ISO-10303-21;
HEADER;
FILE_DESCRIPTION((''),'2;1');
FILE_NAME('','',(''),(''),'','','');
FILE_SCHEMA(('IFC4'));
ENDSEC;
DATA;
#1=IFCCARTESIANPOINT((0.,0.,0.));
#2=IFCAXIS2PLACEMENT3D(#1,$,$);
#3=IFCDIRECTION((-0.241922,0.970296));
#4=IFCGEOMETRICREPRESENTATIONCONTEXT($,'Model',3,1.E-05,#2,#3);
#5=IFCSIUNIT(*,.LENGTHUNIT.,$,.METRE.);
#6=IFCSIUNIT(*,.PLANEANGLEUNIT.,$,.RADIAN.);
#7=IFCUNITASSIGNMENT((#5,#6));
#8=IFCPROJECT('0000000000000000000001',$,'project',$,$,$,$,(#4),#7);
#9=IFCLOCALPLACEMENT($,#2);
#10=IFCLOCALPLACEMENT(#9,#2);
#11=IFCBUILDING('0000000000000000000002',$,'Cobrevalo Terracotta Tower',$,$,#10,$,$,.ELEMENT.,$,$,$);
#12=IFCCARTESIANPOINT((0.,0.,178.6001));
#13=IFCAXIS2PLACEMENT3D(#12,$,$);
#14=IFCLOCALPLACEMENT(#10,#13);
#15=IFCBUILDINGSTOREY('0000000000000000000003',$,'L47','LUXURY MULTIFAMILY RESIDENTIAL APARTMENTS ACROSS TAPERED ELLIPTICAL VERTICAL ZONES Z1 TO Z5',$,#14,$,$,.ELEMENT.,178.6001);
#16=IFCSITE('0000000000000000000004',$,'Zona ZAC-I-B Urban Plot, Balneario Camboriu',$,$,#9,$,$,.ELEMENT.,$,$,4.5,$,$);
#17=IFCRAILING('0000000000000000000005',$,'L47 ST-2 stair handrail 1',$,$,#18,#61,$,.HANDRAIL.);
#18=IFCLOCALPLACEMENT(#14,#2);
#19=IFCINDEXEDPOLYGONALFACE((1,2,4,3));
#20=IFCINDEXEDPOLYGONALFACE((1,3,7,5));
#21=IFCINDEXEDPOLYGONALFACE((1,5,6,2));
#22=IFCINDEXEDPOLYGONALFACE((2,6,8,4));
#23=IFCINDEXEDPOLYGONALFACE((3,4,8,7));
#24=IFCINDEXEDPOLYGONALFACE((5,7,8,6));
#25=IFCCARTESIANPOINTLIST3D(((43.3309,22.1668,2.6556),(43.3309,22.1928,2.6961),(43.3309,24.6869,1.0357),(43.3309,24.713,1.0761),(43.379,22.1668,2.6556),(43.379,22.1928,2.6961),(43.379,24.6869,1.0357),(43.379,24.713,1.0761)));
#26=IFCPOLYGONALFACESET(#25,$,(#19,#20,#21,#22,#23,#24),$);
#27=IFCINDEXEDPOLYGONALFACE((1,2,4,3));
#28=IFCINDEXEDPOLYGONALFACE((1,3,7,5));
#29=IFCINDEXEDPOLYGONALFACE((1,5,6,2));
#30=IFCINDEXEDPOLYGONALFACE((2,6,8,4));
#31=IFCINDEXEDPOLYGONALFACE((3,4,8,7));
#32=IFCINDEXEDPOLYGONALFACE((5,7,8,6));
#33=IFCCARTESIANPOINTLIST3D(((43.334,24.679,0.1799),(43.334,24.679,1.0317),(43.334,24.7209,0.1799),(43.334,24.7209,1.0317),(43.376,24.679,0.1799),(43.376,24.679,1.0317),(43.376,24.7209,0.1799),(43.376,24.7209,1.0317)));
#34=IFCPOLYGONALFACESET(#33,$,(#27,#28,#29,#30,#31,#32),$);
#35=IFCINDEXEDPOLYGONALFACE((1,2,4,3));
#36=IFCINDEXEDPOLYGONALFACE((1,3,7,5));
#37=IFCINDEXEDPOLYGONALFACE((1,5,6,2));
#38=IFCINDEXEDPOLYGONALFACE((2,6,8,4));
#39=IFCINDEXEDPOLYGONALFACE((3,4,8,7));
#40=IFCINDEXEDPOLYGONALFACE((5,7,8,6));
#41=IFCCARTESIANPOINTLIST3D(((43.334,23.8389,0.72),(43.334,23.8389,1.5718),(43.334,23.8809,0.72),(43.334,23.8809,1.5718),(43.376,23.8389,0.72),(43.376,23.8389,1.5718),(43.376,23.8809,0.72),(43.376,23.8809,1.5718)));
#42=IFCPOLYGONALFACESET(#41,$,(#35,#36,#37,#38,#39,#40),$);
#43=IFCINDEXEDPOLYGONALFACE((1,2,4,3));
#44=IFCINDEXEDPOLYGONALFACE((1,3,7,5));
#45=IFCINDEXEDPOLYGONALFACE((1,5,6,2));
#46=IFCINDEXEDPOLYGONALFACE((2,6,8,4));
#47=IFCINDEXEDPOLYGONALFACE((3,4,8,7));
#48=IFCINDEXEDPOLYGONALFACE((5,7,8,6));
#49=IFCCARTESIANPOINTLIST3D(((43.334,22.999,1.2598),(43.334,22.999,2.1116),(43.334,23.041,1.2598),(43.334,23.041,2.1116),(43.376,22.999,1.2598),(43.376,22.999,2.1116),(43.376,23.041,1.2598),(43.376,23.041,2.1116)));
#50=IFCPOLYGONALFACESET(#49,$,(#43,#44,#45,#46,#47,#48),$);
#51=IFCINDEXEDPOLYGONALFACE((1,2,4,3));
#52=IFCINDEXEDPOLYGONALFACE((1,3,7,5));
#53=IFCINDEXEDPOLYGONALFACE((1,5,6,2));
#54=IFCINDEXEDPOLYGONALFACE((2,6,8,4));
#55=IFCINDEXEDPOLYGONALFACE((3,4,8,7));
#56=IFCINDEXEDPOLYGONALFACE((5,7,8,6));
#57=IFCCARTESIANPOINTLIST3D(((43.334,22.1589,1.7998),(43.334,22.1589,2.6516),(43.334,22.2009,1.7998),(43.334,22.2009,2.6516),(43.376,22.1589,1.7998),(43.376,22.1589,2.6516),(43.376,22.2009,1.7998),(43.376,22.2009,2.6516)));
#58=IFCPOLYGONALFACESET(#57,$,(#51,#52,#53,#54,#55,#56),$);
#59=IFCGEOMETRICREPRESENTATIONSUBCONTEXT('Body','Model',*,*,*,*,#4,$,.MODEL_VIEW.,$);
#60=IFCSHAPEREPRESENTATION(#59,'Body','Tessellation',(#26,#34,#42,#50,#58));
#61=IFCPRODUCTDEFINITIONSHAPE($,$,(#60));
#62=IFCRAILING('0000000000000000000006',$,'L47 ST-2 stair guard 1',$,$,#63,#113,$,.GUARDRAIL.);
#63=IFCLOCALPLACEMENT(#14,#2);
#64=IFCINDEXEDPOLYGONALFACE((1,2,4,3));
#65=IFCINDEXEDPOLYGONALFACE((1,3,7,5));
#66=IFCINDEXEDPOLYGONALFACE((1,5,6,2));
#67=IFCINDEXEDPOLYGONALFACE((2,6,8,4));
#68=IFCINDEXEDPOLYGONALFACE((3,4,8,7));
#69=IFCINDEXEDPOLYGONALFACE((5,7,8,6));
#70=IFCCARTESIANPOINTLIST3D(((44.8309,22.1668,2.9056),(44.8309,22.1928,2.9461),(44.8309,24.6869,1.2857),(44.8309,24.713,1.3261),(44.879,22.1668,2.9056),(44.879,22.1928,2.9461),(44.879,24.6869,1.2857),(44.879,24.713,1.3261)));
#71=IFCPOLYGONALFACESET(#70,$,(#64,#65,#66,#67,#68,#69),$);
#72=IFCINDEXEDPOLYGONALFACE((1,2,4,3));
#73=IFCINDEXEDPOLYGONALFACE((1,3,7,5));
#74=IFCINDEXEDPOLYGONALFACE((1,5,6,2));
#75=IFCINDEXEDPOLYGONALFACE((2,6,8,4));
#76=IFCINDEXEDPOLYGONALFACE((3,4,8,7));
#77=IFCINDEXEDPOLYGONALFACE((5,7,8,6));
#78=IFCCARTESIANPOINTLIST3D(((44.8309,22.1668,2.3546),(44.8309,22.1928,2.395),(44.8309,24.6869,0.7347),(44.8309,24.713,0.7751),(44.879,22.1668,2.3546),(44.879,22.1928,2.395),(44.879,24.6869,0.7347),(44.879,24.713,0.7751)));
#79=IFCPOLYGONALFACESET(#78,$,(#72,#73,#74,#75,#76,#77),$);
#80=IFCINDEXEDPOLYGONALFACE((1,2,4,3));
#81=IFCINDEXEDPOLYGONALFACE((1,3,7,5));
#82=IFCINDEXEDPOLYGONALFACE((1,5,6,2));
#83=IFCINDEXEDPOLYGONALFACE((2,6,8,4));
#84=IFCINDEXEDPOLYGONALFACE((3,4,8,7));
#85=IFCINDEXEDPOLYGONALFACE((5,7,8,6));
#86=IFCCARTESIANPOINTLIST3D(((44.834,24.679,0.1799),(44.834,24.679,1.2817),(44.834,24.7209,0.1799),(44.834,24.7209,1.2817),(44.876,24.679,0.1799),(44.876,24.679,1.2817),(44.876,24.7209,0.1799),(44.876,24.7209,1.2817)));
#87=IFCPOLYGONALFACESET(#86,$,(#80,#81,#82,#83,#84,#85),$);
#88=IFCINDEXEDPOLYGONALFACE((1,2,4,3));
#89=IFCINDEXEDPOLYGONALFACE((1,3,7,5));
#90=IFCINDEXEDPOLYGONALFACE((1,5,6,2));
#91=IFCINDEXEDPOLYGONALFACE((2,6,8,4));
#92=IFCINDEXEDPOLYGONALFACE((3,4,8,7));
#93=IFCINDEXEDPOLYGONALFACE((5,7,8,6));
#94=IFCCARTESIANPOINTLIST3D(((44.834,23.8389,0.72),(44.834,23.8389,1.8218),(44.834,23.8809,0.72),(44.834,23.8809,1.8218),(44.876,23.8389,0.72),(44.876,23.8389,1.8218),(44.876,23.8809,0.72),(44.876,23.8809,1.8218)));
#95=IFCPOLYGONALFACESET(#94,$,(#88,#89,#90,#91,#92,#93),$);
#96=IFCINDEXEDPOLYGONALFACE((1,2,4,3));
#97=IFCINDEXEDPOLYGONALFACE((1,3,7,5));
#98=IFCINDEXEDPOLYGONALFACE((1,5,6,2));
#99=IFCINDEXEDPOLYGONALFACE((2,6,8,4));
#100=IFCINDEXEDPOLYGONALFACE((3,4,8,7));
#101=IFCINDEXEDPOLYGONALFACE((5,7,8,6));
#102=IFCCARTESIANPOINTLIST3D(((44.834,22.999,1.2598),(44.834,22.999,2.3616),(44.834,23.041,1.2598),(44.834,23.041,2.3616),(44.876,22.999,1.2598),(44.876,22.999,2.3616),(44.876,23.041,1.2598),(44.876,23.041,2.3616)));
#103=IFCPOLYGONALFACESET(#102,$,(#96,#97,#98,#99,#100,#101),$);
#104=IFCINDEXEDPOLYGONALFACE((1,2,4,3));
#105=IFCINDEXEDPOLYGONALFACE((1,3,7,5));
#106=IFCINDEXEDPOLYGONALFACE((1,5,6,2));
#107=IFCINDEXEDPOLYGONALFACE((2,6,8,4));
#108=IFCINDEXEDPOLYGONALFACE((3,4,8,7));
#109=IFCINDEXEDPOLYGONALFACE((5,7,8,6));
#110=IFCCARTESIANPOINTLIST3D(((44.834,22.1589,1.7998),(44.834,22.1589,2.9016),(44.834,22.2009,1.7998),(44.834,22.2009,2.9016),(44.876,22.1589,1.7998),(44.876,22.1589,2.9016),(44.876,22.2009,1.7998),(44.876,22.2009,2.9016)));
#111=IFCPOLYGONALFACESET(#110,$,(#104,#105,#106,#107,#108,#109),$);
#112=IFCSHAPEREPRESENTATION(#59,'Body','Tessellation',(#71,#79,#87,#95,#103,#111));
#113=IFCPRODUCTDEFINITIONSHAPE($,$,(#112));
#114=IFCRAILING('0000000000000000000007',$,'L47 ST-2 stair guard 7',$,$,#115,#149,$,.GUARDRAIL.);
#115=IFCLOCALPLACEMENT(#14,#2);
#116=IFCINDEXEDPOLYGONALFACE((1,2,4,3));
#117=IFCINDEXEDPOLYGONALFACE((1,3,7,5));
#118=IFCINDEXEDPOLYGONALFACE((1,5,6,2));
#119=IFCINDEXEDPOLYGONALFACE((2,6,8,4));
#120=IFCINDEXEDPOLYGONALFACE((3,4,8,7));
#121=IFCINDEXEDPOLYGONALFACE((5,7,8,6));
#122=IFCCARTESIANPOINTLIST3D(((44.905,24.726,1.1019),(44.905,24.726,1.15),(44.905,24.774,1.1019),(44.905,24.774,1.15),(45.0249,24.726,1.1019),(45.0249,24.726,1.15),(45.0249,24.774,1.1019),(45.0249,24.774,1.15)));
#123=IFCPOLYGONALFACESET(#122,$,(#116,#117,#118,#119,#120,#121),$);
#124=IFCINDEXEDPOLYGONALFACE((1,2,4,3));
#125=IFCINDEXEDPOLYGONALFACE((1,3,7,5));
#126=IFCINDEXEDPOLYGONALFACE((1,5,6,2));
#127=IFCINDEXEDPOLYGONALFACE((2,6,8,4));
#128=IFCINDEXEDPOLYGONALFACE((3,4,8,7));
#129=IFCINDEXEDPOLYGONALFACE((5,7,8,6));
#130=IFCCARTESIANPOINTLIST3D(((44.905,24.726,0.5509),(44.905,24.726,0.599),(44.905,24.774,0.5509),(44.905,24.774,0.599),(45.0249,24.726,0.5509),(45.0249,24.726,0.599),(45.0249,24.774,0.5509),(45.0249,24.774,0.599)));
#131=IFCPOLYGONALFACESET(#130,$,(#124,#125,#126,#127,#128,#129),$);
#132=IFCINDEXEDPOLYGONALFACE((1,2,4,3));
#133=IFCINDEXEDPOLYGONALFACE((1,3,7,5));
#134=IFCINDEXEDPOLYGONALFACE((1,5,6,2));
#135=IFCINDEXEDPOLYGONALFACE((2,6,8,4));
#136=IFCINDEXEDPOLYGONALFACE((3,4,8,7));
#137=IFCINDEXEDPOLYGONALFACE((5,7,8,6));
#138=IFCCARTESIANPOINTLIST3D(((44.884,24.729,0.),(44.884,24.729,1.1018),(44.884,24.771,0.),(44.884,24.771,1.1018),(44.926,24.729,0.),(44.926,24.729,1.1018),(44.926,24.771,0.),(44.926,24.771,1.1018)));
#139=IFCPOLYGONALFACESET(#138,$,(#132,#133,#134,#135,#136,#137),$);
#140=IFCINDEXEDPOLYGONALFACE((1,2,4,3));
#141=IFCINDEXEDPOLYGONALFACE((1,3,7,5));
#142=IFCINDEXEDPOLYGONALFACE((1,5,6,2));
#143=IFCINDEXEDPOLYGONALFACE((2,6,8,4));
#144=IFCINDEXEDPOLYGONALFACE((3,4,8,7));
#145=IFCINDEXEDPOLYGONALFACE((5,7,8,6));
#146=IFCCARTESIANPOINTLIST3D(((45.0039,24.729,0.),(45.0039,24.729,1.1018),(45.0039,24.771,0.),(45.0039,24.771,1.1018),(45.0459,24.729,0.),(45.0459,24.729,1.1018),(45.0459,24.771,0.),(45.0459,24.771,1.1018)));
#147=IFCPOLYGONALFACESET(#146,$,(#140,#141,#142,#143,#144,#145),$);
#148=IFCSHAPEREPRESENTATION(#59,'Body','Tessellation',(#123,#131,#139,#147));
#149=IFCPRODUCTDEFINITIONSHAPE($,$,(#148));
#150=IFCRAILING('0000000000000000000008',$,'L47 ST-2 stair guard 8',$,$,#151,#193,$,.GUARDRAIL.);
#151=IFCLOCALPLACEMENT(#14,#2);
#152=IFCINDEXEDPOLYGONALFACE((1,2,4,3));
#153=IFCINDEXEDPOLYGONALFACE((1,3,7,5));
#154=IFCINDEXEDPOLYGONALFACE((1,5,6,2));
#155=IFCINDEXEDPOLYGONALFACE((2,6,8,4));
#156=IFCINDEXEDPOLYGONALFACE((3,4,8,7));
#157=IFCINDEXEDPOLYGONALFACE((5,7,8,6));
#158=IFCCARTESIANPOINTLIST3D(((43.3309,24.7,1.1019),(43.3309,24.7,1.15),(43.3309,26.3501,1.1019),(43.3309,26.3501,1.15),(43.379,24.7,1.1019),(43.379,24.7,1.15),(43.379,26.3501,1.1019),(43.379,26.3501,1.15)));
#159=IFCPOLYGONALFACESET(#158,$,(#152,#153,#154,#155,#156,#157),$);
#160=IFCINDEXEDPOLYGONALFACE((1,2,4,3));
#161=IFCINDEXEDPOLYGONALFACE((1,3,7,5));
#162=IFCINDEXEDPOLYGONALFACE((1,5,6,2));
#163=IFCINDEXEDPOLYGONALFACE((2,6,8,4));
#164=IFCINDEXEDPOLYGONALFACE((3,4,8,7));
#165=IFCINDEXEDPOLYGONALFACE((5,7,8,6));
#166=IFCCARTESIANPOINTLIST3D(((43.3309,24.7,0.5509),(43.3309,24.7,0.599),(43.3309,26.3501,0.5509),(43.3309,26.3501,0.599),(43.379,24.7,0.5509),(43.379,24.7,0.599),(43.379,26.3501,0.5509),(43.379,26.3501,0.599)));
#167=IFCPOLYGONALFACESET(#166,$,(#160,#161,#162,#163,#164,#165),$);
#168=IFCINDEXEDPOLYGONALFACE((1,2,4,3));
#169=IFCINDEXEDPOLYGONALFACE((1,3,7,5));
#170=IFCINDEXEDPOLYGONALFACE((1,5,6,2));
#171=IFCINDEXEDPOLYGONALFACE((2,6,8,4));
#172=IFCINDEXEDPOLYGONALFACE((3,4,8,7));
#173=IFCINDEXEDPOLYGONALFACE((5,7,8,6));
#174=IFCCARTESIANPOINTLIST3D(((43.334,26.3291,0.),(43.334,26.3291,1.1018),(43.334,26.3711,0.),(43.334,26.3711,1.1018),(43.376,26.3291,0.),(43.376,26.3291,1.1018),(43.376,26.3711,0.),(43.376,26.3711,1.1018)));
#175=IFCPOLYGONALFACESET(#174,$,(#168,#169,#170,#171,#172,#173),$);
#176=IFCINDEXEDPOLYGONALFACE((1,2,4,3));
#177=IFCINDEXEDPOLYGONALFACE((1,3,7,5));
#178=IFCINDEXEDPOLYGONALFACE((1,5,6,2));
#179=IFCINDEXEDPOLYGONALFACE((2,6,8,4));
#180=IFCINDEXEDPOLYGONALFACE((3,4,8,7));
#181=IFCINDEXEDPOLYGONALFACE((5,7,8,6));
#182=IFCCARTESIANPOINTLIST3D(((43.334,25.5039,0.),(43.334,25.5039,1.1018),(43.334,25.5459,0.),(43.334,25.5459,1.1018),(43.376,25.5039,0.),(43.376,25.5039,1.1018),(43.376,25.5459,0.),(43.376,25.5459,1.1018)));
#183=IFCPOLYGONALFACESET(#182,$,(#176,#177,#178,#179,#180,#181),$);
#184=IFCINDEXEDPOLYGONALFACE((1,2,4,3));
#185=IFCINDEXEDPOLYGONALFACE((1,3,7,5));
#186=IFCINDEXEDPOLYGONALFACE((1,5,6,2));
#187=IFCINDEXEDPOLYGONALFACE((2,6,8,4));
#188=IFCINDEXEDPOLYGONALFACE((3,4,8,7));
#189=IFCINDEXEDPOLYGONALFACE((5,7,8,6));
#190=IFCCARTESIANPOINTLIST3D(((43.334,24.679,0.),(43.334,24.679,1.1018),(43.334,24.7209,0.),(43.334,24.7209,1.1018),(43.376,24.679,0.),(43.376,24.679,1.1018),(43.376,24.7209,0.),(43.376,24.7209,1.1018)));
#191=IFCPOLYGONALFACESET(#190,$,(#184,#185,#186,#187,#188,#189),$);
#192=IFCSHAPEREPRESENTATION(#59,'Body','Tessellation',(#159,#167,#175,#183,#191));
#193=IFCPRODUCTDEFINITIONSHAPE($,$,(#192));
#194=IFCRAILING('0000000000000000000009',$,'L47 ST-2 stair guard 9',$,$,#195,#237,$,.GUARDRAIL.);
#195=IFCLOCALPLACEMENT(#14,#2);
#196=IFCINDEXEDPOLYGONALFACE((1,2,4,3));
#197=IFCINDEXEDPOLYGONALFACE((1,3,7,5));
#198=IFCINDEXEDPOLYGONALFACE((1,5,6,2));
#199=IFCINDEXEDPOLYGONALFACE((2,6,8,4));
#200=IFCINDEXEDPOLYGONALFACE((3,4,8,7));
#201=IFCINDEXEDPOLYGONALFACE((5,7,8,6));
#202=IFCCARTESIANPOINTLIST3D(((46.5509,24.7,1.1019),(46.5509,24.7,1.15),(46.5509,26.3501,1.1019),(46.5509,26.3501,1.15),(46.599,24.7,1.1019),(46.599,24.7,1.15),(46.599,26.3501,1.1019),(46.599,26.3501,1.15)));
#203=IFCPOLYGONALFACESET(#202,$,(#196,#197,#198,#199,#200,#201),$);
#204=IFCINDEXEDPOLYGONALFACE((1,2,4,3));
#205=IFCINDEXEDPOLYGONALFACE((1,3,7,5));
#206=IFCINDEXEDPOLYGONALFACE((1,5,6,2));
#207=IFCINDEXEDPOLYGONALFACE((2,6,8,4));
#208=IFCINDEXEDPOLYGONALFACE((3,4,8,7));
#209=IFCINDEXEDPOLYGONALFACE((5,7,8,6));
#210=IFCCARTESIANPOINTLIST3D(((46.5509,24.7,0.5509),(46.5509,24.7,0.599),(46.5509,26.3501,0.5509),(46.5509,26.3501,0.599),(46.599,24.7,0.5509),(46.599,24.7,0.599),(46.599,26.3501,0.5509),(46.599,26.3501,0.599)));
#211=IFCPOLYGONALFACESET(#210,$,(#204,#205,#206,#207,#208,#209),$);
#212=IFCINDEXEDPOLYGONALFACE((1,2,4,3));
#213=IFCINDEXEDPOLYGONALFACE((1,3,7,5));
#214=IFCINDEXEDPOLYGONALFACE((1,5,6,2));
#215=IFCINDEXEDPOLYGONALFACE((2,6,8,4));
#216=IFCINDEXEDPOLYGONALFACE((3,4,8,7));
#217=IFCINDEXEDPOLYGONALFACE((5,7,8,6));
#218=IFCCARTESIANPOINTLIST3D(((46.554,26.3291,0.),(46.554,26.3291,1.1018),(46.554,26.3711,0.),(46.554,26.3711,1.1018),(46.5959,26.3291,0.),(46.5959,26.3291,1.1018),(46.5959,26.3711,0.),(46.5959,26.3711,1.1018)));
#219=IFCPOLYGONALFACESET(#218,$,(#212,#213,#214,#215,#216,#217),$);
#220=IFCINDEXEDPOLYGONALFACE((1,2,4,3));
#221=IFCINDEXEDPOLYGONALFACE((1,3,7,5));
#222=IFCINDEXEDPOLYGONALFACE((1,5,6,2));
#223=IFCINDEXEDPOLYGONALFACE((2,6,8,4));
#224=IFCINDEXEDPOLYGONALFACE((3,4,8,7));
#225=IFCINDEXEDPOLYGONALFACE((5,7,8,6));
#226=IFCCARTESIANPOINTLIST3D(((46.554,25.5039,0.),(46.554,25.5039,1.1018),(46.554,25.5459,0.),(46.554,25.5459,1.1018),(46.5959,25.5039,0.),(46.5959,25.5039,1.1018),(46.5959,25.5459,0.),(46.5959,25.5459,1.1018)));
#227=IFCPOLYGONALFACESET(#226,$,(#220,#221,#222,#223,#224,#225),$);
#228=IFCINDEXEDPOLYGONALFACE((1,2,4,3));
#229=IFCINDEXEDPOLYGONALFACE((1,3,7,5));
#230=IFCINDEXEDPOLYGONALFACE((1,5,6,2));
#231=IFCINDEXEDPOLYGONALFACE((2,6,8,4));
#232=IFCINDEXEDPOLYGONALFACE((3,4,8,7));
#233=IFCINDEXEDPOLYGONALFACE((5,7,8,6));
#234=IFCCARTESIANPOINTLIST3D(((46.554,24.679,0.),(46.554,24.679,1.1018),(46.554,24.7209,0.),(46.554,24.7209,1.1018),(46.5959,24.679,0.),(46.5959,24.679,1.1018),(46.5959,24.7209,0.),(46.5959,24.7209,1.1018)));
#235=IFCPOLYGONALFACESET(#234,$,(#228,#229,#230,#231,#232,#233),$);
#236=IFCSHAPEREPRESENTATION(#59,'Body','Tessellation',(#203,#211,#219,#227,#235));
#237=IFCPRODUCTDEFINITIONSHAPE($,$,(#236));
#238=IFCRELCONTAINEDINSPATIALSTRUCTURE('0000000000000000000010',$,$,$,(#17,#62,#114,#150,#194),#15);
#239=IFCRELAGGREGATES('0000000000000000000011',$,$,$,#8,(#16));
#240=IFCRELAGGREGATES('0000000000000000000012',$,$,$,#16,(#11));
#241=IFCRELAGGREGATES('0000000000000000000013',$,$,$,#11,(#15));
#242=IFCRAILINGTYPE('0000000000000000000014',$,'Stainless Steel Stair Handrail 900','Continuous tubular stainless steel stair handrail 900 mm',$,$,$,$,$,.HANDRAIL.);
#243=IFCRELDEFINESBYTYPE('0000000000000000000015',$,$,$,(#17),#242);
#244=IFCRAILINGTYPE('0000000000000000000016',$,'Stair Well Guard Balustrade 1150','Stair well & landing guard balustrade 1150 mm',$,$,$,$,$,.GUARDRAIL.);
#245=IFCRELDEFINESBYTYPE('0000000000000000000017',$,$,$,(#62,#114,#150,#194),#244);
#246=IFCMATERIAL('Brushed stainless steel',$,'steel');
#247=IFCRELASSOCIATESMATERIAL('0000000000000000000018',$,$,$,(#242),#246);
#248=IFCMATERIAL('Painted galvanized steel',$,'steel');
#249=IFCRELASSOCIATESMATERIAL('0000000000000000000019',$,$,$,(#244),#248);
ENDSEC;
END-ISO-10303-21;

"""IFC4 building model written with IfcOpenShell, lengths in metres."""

from ifc_helpers import new_model, si_unit, direction, frame, origin, origin_2d, place, context, subcontext, project, spatial, rectangle, extrude, material, type_object, element, save


model = new_model("IFC4")

# Units and contexts
model_context = context("Model", 3, precision=1e-05, world=origin(), true_north=direction((-0.241922, 0.970296)))
body_context = subcontext(model_context, "Body", "Model", "MODEL_VIEW")
ifc_project = project(units=[si_unit("LENGTHUNIT", "METRE"), si_unit("PLANEANGLEUNIT", "RADIAN")], contexts=[model_context])

# Site, building, storey
site_placement = place(None, origin())
site = spatial("IfcSite", under=ifc_project, at=site_placement, Name="Zona ZAC-I-B Urban Plot, Balneario Camboriu", CompositionType="ELEMENT", RefElevation=4.5)
building_placement = place(site_placement, origin())
building = spatial("IfcBuilding", under=site, at=building_placement, Name="Cobrevalo Terracotta Tower", CompositionType="ELEMENT")
storey_placement = place(building_placement, frame((0.0, 0.0, 178.6001)))
storey = spatial("IfcBuildingStorey", under=building, at=storey_placement, Name="L47", Description="LUXURY MULTIFAMILY RESIDENTIAL APARTMENTS ACROSS TAPERED ELLIPTICAL VERTICAL ZONES Z1 TO Z5", CompositionType="ELEMENT", Elevation=178.6001)

# Shared definitions
ifc_material_1 = material(Name="Brushed stainless steel", Category="steel")

# Railings
railing_type_1 = type_object("IfcRailingType", Name="Stainless Steel Stair Handrail 900", Description="Continuous tubular stainless steel stair handrail 900 mm", PredefinedType="HANDRAIL", material=ifc_material_1)
railing_1_placement = place(storey_placement, frame((43.355, 24.7, 0.1799)))
element("IfcRailing", 1, at=railing_1_placement, inside=storey, type_object=railing_type_1, Name="L47 ST-2 stair handrail 1", PredefinedType="HANDRAIL", context=body_context, shape_type="SweptSolid", body=[
    extrude(rectangle(XDim=0.0481, YDim=0.0481, at=origin_2d()), frame((0.0, 0.0, 0.876), z_axis=(0.0, -0.8412, 0.540725), x_axis=(1.0, 0.0, 0.0)), (0.0, 0.0, 1.0), 2.9958),
    extrude(rectangle(XDim=0.042, YDim=0.042, at=origin_2d()), origin(), (0.0, 0.0, 1.0), 0.8518),
    extrude(rectangle(XDim=0.042, YDim=0.042, at=origin_2d()), frame((0.0, -0.8401, 0.54)), (0.0, 0.0, 1.0), 0.8518),
    extrude(rectangle(XDim=0.042, YDim=0.042, at=origin_2d()), frame((0.0, -1.6799, 1.0798)), (0.0, 0.0, 1.0), 0.8518),
    extrude(rectangle(XDim=0.042, YDim=0.042, at=origin_2d()), frame((0.0, -2.52, 1.6199)), (0.0, 0.0, 1.0), 0.8518),
])
ifc_material_2 = material(Name="Painted galvanized steel", Category="steel")
railing_type_2 = type_object("IfcRailingType", Name="Stair Well Guard Balustrade 1150", Description="Stair well & landing guard balustrade 1150 mm", PredefinedType="GUARDRAIL", material=ifc_material_2)
railing_2_placement = place(storey_placement, frame((44.855, 24.7, 0.1799)))
element("IfcRailing", 2, at=railing_2_placement, inside=storey, type_object=railing_type_2, Name="L47 ST-2 stair guard 1", PredefinedType="GUARDRAIL", context=body_context, shape_type="SweptSolid", body=[
    extrude(rectangle(XDim=0.0481, YDim=0.0481, at=origin_2d()), frame((0.0, 0.0, 1.126), z_axis=(0.0, -0.8412, 0.540725), x_axis=(1.0, 0.0, 0.0)), (0.0, 0.0, 1.0), 2.9958),
    extrude(rectangle(XDim=0.0481, YDim=0.0481, at=origin_2d()), frame((0.0, 0.0, 0.575), z_axis=(0.0, -0.8412, 0.540725), x_axis=(1.0, 0.0, 0.0)), (0.0, 0.0, 1.0), 2.9958),
    extrude(rectangle(XDim=0.042, YDim=0.042, at=origin_2d()), origin(), (0.0, 0.0, 1.0), 1.1018),
    extrude(rectangle(XDim=0.042, YDim=0.042, at=origin_2d()), frame((0.0, -0.8401, 0.54)), (0.0, 0.0, 1.0), 1.1018),
    extrude(rectangle(XDim=0.042, YDim=0.042, at=origin_2d()), frame((0.0, -1.6799, 1.0798)), (0.0, 0.0, 1.0), 1.1018),
    extrude(rectangle(XDim=0.042, YDim=0.042, at=origin_2d()), frame((0.0, -2.52, 1.6199)), (0.0, 0.0, 1.0), 1.1018),
])
railing_3_placement = place(storey_placement, frame((44.905, 24.75, 0.0)))
element("IfcRailing", 3, at=railing_3_placement, inside=storey, type_object=railing_type_2, Name="L47 ST-2 stair guard 7", PredefinedType="GUARDRAIL", context=body_context, shape_type="SweptSolid", body=[
    extrude(rectangle(XDim=0.0481, YDim=0.0481, at=origin_2d()), frame((0.0, 0.0, 1.126), z_axis=(1.0, 0.0, 0.0), x_axis=(0.0, 1.0, 0.0)), (0.0, 0.0, 1.0), 0.1199),
    extrude(rectangle(XDim=0.0481, YDim=0.0481, at=origin_2d()), frame((0.0, 0.0, 0.575), z_axis=(1.0, 0.0, 0.0), x_axis=(0.0, 1.0, 0.0)), (0.0, 0.0, 1.0), 0.1199),
    extrude(rectangle(XDim=0.042, YDim=0.042, at=origin_2d()), origin(), (0.0, 0.0, 1.0), 1.1018),
    extrude(rectangle(XDim=0.042, YDim=0.042, at=origin_2d()), frame((0.1199, 0.0, 0.0)), (0.0, 0.0, 1.0), 1.1018),
])
for number, where, name in (
    (4, (43.355, 26.3501, 0.0), "L47 ST-2 stair guard 8"),
    (5, (46.575, 26.3501, 0.0), "L47 ST-2 stair guard 9"),
):
    element("IfcRailing", number, at=place(storey_placement, frame(where)), inside=storey, type_object=railing_type_2, Name=name, PredefinedType="GUARDRAIL", context=body_context, shape_type="SweptSolid", body=[
        extrude(rectangle(XDim=0.0481, YDim=0.0481, at=origin_2d()), frame((0.0, 0.0, 1.126), z_axis=(0.0, -1.0, 0.0), x_axis=(1.0, 0.0, 0.0)), (0.0, 0.0, 1.0), 1.6501),
        extrude(rectangle(XDim=0.0481, YDim=0.0481, at=origin_2d()), frame((0.0, 0.0, 0.575), z_axis=(0.0, -1.0, 0.0), x_axis=(1.0, 0.0, 0.0)), (0.0, 0.0, 1.0), 1.6501),
        extrude(rectangle(XDim=0.042, YDim=0.042, at=origin_2d()), origin(), (0.0, 0.0, 1.0), 1.1018),
        extrude(rectangle(XDim=0.042, YDim=0.042, at=origin_2d()), frame((0.0, -0.8252, 0.0)), (0.0, 0.0, 1.0), 1.1018),
        extrude(rectangle(XDim=0.042, YDim=0.042, at=origin_2d()), frame((0.0, -1.6501, 0.0)), (0.0, 0.0, 1.0), 1.1018),
    ])

save(model, "model.ifc")
